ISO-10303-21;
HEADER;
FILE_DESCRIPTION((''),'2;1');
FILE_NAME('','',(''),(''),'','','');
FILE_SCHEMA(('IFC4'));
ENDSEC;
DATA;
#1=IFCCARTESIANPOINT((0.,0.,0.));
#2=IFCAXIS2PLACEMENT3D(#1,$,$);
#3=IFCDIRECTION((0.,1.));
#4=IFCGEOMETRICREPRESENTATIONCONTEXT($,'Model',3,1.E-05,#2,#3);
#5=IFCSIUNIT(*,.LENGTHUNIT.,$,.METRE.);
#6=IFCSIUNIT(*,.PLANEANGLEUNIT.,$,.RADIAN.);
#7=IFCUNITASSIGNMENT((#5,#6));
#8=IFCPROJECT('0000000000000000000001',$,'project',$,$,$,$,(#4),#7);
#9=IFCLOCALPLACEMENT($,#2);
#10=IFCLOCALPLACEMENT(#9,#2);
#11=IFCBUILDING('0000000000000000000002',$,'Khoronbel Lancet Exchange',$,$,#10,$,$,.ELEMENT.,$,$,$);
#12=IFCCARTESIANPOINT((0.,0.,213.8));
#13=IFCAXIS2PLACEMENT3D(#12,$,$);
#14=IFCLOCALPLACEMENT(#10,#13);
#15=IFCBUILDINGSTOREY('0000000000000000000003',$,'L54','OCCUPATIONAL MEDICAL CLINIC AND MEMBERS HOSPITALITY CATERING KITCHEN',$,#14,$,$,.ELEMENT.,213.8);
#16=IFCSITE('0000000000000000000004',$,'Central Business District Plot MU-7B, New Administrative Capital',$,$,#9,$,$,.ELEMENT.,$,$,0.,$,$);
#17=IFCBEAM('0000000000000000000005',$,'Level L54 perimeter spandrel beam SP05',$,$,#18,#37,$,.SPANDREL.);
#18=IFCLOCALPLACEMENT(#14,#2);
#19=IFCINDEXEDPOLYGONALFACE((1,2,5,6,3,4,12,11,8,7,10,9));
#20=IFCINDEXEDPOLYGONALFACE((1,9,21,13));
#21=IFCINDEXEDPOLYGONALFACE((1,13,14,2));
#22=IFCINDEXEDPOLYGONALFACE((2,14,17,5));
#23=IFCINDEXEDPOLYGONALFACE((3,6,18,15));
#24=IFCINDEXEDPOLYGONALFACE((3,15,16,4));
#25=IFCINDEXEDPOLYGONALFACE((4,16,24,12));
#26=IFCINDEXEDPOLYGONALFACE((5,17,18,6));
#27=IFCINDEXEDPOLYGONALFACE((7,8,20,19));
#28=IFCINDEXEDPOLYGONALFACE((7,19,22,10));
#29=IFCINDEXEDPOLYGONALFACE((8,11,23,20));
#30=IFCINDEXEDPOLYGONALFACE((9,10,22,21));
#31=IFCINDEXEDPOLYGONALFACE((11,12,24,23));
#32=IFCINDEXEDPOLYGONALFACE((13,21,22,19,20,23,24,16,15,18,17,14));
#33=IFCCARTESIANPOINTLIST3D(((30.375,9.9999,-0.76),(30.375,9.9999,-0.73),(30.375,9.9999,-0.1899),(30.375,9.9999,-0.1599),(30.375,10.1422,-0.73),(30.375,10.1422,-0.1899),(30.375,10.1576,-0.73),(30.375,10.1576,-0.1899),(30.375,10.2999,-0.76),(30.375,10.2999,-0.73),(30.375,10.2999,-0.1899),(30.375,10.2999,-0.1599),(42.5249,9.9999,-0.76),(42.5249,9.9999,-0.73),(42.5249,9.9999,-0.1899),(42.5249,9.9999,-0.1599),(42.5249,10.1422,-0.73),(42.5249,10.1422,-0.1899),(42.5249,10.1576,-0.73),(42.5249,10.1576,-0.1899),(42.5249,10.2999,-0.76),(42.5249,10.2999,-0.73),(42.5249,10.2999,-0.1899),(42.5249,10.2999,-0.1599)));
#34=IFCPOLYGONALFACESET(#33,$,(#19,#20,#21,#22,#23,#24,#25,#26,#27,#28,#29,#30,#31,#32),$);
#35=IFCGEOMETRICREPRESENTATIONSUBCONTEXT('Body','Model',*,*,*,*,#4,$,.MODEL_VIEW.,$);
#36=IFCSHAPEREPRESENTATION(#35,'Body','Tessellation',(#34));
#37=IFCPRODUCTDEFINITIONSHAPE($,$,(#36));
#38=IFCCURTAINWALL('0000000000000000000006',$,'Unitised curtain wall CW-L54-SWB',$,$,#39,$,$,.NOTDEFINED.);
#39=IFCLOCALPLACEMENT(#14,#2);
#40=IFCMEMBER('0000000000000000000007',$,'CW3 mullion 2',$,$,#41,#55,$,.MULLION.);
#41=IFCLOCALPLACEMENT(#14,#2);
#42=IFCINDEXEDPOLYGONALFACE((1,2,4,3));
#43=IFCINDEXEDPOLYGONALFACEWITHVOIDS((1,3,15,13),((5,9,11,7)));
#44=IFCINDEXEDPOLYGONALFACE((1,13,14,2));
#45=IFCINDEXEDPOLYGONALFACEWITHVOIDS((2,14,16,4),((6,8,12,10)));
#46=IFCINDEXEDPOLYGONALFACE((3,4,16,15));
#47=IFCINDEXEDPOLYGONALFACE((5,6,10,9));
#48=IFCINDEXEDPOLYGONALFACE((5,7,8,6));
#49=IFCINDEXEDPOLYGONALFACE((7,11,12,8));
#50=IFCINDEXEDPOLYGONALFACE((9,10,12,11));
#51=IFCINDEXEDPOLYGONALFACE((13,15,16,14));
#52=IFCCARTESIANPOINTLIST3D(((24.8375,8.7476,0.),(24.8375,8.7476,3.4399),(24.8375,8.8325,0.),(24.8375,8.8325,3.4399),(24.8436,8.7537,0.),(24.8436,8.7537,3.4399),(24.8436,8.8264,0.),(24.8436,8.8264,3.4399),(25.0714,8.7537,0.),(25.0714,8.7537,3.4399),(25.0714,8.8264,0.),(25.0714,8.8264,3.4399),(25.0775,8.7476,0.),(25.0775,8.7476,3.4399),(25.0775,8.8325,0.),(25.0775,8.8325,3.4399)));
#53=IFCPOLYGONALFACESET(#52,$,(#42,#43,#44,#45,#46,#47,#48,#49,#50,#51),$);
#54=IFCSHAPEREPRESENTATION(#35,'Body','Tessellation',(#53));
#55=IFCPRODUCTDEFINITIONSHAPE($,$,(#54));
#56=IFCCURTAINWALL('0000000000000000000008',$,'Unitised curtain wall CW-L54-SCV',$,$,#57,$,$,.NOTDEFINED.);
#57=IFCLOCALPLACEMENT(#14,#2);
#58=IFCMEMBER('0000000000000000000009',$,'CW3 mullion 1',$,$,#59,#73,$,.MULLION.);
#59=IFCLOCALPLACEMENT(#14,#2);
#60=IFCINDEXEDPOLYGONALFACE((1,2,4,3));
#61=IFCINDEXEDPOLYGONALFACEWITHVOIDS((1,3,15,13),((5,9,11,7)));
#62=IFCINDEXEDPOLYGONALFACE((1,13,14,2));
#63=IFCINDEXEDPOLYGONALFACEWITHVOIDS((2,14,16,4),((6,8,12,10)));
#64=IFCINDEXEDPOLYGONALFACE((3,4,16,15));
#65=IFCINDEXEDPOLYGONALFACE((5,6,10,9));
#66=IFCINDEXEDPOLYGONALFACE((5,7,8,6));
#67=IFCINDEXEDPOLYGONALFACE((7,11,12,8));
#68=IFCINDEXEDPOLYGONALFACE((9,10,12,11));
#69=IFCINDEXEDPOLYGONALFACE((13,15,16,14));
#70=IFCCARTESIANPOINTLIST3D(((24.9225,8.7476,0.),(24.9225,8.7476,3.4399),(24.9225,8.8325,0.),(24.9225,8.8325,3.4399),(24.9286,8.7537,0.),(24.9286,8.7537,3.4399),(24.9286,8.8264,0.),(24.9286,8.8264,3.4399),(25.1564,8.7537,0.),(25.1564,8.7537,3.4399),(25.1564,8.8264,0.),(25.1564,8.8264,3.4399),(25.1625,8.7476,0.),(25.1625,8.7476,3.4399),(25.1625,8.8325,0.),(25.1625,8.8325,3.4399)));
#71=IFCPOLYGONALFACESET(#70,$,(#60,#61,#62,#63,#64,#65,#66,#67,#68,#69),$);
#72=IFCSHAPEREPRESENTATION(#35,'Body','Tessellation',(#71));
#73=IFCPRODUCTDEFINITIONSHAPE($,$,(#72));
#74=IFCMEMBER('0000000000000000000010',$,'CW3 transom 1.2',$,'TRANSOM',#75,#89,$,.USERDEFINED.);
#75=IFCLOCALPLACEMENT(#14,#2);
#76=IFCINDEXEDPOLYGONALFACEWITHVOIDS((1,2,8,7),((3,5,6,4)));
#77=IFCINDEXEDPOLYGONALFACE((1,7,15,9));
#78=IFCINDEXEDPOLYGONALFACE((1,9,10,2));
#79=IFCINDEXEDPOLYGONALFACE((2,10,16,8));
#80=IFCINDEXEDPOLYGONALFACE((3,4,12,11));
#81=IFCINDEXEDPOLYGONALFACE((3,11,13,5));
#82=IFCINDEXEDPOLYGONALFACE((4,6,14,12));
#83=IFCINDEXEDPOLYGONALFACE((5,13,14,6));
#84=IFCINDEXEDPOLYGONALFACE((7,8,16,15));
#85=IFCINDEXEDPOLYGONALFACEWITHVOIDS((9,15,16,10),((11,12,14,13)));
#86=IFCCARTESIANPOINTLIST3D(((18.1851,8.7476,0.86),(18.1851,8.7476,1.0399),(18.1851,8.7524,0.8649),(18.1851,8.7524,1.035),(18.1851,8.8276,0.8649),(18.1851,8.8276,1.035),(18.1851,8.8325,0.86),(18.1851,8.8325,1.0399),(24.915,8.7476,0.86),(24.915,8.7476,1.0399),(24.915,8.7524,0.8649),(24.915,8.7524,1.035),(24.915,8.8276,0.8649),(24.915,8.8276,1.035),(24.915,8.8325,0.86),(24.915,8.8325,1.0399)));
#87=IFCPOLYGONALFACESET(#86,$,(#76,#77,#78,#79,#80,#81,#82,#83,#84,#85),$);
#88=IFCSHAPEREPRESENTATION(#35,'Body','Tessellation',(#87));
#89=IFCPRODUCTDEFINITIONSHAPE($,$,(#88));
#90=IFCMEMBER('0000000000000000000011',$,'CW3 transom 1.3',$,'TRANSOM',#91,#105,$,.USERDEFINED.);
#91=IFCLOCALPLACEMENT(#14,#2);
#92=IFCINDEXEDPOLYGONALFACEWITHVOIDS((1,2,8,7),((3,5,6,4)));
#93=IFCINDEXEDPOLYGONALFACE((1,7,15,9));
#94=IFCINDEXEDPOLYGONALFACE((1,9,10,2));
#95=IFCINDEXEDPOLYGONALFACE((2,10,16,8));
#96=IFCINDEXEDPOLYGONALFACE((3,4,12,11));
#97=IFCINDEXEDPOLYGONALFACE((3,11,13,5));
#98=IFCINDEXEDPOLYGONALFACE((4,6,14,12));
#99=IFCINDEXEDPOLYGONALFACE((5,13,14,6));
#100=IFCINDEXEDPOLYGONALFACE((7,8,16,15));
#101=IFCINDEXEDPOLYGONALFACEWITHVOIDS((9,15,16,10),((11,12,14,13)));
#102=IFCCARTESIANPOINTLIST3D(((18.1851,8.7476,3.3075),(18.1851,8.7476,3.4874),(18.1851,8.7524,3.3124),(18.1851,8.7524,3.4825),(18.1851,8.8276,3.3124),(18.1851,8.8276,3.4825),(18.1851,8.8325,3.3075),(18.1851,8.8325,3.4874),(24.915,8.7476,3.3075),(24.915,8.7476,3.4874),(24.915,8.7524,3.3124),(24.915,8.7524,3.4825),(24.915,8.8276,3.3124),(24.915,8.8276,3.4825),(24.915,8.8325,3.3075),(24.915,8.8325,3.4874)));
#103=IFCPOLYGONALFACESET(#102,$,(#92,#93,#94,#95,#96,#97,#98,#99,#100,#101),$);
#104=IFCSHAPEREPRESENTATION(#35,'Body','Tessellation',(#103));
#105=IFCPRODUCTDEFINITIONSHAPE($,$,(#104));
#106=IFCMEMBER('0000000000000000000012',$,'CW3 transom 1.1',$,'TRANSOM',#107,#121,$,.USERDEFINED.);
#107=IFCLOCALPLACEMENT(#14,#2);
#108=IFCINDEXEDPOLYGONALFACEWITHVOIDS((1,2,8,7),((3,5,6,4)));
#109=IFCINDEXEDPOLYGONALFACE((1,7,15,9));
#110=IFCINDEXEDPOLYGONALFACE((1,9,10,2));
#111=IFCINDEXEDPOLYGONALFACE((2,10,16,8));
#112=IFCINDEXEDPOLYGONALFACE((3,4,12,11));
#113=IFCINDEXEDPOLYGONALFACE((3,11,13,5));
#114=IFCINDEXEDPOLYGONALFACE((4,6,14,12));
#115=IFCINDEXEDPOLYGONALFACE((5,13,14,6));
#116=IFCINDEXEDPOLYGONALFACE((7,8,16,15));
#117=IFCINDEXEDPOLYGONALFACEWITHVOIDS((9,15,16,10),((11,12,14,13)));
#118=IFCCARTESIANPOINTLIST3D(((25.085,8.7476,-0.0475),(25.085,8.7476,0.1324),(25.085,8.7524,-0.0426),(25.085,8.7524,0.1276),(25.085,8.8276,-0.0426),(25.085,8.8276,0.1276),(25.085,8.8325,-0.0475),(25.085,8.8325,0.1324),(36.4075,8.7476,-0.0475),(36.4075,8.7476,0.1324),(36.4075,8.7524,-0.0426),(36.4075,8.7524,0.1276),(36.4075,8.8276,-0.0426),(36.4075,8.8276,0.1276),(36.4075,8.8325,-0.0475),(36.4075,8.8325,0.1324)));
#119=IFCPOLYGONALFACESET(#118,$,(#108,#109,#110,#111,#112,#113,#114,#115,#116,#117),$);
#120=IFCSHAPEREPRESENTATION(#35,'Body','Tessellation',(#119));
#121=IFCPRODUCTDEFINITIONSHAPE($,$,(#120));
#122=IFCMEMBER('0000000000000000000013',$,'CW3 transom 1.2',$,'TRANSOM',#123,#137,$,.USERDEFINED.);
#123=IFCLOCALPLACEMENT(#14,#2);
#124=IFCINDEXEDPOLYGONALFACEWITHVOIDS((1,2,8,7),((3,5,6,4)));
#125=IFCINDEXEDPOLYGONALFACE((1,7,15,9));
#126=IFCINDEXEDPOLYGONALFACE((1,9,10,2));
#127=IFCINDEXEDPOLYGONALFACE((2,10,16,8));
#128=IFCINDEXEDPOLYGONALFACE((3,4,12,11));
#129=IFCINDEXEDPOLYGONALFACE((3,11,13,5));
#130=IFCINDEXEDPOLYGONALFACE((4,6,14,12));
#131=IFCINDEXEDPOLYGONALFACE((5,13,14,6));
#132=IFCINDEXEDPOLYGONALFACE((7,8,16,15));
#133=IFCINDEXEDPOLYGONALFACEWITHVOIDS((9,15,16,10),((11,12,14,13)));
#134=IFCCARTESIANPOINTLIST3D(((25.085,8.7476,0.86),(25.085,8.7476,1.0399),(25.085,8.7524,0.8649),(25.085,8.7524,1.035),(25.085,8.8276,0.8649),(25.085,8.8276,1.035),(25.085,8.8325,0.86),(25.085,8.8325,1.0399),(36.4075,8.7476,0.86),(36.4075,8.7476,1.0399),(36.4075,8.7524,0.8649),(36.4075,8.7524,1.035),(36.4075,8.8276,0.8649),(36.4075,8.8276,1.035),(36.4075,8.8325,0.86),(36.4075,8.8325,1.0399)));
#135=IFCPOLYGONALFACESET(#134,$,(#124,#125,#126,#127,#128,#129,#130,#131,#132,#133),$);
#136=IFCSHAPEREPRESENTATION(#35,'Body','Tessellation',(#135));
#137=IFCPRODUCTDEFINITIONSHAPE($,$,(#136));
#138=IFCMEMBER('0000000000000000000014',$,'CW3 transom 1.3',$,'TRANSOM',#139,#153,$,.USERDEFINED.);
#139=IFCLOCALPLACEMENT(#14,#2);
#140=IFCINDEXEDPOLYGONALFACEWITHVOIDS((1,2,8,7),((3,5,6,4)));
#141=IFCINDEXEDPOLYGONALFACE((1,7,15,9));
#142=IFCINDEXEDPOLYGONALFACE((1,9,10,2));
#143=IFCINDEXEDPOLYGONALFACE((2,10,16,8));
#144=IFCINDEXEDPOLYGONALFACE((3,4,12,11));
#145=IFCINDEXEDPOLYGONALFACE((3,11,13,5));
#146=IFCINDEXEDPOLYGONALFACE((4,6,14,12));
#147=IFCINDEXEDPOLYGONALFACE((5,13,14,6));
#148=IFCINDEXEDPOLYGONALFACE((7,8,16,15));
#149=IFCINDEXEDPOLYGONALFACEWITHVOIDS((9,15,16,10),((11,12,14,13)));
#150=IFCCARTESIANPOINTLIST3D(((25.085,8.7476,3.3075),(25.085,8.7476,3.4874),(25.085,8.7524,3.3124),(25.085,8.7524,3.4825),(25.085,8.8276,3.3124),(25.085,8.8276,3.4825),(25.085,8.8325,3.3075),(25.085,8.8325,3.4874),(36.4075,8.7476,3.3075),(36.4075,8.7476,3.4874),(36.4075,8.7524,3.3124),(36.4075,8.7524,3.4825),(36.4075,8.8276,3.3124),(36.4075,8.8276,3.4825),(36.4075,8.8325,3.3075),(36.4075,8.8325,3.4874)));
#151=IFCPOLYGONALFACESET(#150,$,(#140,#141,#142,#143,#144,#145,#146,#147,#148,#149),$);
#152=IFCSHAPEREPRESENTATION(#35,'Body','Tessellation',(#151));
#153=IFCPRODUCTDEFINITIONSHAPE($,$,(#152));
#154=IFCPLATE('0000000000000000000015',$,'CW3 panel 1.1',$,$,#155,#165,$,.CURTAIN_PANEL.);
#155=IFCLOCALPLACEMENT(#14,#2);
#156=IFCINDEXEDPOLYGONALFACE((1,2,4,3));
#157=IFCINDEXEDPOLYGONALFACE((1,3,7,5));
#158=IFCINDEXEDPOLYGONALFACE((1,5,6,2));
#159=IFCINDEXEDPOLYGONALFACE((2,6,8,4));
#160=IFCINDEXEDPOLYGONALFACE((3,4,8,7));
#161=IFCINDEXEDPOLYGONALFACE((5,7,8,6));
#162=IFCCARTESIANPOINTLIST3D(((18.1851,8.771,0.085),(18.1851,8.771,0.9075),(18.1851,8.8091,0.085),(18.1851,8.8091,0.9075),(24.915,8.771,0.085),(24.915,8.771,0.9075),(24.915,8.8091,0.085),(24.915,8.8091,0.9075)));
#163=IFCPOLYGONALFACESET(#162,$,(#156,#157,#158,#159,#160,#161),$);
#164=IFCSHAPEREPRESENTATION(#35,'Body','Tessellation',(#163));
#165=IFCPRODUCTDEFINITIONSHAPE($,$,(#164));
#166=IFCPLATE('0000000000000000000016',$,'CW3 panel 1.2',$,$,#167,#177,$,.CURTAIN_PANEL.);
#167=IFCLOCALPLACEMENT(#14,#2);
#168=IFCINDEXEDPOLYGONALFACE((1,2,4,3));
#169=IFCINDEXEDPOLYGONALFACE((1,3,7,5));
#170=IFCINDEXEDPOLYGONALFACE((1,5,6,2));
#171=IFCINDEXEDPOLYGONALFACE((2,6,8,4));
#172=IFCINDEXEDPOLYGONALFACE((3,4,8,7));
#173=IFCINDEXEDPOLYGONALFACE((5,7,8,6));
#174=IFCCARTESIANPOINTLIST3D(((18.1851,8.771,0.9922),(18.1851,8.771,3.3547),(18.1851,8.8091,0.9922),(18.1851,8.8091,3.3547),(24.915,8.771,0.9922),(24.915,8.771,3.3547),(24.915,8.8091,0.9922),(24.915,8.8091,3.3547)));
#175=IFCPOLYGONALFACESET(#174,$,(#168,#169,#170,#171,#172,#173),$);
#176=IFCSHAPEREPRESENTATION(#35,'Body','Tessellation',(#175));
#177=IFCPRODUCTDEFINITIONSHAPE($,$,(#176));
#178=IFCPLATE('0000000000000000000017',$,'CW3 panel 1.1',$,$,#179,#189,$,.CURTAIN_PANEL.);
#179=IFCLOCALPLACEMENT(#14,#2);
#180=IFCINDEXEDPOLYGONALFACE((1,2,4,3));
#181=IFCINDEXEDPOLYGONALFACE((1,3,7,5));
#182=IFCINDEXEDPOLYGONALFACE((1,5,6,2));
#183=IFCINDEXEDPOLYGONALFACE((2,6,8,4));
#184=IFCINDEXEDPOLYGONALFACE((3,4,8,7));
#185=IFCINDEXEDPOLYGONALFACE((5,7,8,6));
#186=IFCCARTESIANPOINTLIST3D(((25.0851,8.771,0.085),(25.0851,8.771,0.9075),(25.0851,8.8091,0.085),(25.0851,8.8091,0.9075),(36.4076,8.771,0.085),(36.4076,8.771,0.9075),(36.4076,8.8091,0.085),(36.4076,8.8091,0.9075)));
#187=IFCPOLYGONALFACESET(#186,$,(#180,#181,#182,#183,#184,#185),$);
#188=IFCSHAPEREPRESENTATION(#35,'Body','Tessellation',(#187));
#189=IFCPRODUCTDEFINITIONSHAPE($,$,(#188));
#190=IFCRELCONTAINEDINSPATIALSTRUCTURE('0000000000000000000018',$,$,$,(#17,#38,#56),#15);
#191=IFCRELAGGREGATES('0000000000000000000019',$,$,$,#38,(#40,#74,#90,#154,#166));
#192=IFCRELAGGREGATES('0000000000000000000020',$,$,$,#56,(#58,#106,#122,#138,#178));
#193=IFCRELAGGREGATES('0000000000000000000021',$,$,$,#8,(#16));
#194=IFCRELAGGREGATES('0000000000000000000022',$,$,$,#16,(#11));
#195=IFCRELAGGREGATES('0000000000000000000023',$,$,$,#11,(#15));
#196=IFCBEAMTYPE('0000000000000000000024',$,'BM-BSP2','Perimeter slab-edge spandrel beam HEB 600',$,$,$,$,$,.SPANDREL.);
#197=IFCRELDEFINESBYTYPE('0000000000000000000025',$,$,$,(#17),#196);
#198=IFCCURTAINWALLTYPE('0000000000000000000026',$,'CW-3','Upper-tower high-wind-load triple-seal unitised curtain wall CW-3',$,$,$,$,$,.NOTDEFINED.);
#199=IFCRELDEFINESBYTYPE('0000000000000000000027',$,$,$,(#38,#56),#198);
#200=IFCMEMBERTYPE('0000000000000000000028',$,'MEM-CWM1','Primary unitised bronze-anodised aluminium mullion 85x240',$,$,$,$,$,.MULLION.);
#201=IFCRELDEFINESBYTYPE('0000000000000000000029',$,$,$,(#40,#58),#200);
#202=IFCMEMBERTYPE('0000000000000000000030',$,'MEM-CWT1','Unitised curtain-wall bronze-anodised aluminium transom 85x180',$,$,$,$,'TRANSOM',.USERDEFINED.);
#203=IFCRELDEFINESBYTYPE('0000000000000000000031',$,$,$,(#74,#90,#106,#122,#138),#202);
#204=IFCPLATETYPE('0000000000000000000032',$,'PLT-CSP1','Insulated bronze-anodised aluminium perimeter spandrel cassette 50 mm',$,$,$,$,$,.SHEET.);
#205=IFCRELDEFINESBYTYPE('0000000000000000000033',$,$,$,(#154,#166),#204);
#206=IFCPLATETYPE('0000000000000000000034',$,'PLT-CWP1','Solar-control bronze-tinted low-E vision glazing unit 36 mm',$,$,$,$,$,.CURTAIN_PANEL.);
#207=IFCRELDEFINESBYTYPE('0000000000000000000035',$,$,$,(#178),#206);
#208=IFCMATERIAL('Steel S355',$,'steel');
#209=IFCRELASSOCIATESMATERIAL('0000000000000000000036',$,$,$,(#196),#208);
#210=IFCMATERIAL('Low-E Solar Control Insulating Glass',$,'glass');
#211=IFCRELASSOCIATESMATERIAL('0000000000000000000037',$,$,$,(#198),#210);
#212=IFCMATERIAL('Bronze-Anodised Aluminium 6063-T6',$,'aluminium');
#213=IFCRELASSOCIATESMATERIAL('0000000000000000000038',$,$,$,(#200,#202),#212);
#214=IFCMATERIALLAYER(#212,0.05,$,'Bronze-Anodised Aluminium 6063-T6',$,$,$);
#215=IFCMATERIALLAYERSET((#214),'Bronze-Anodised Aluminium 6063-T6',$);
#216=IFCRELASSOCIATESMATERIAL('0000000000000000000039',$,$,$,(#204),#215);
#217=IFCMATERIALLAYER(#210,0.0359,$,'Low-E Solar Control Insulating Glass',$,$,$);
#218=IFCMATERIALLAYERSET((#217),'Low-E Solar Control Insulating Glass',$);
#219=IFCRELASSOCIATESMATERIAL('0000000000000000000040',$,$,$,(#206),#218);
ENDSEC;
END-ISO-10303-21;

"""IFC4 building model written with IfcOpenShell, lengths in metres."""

from ifc_helpers import new_model, si_unit, direction, frame, origin, origin_2d, place, context, subcontext, project, spatial, rectangle, hollow_rectangle, i_section, extrude, material, layer, layer_set, material_profile, profile_set, type_object, element, aggregate, save


model = new_model("IFC4")

# Units and contexts
model_context = context("Model", 3, precision=1e-05, world=origin(), true_north=direction((0.0, 1.0)))
body_context = subcontext(model_context, "Body", "Model", "MODEL_VIEW")
ifc_project = project(units=[si_unit("LENGTHUNIT", "METRE"), si_unit("PLANEANGLEUNIT", "RADIAN")], contexts=[model_context])

# Site, building, storey
site_placement = place(None, origin())
site = spatial("IfcSite", under=ifc_project, at=site_placement, Name="Central Business District Plot MU-7B, New Administrative Capital", CompositionType="ELEMENT", RefElevation=0.0)
building_placement = place(site_placement, origin())
building = spatial("IfcBuilding", under=site, at=building_placement, Name="Khoronbel Lancet Exchange", CompositionType="ELEMENT")
storey_placement = place(building_placement, frame((0.0, 0.0, 213.8)))
storey = spatial("IfcBuildingStorey", under=building, at=storey_placement, Name="L54", Description="OCCUPATIONAL MEDICAL CLINIC AND MEMBERS HOSPITALITY CATERING KITCHEN", CompositionType="ELEMENT", Elevation=213.8)

# Beam
ifc_material_1 = material(Name="Steel S355", Category="steel")
ifc_material_profile_1 = material_profile(ifc_material_1, i_section(OverallWidth=0.3, OverallDepth=0.6001, WebThickness=0.0154, FlangeThickness=0.03, at=origin_2d()), Name="HEB 600")
ifc_profile_set_1 = profile_set([ifc_material_profile_1], Name="Steel S355")
beam_type_1 = type_object("IfcBeamType", Name="BM-BSP2", Description="Perimeter slab-edge spandrel beam HEB 600", PredefinedType="SPANDREL", material=ifc_profile_set_1)
beam_1_placement = place(storey_placement, frame((30.375, 10.1499, -0.46), z_axis=(1.0, 0.0, 0.0), x_axis=(0.0, 1.0, 0.0)))
element("IfcBeam", 1, at=beam_1_placement, inside=storey, type_object=beam_type_1, Name="Level L54 perimeter spandrel beam SP05", PredefinedType="SPANDREL", context=body_context, shape_type="SweptSolid", body=[
    extrude(i_section(OverallWidth=0.3, OverallDepth=0.6001, WebThickness=0.0154, FlangeThickness=0.03, at=origin_2d()), origin(), (0.0, 0.0, 1.0), 12.1499),
])

# Curtain walls, members
ifc_material_2 = material(Name="Low-E Solar Control Insulating Glass", Category="glass")
curtain_wall_type = type_object("IfcCurtainWallType", Name="CW-3", Description="Upper-tower high-wind-load triple-seal unitised curtain wall CW-3", PredefinedType="NOTDEFINED", material=ifc_material_2)
curtain_wall_1_placement = place(storey_placement, origin())
curtain_wall_1 = element("IfcCurtainWall", 2, at=curtain_wall_1_placement, inside=storey, type_object=curtain_wall_type, Name="Unitised curtain wall CW-L54-SWB", PredefinedType="NOTDEFINED")
ifc_material_3 = material(Name="Bronze-Anodised Aluminium 6063-T6", Category="aluminium")
ifc_material_profile_2 = material_profile(ifc_material_3, hollow_rectangle(XDim=0.085, YDim=0.24, WallThickness=0.0061, at=origin_2d()), Name="ALU MULLION 85x240")
ifc_profile_set_2 = profile_set([ifc_material_profile_2], Name="Bronze-Anodised Aluminium 6063-T6")
member_type_1 = type_object("IfcMemberType", Name="MEM-CWM1", Description="Primary unitised bronze-anodised aluminium mullion 85x240", PredefinedType="MULLION", material=ifc_profile_set_2)
member_1_placement = place(storey_placement, frame((24.9575, 8.79, 0.0), z_axis=(0.0, 0.0, 1.0), x_axis=(0.0, 1.0, 0.0)))
member_1 = element("IfcMember", 3, at=member_1_placement, type_object=member_type_1, Name="CW3 mullion 2", PredefinedType="MULLION", context=body_context, shape_type="SweptSolid", body=[
    extrude(hollow_rectangle(XDim=0.085, YDim=0.24, WallThickness=0.0061, at=origin_2d()), origin(), (0.0, 0.0, 1.0), 3.4399),
])
curtain_wall_2_placement = place(storey_placement, origin())
curtain_wall_2 = element("IfcCurtainWall", 4, at=curtain_wall_2_placement, inside=storey, type_object=curtain_wall_type, Name="Unitised curtain wall CW-L54-SCV", PredefinedType="NOTDEFINED")
member_2_placement = place(storey_placement, frame((25.0425, 8.79, 0.0), z_axis=(0.0, 0.0, 1.0), x_axis=(0.0, 1.0, 0.0)))
member_2 = element("IfcMember", 5, at=member_2_placement, type_object=member_type_1, Name="CW3 mullion 1", PredefinedType="MULLION", context=body_context, shape_type="SweptSolid", body=[
    extrude(hollow_rectangle(XDim=0.085, YDim=0.24, WallThickness=0.0061, at=origin_2d()), origin(), (0.0, 0.0, 1.0), 3.4399),
])

# Members
ifc_material_profile_3 = material_profile(ifc_material_3, hollow_rectangle(XDim=0.085, YDim=0.1799, WallThickness=0.0049, at=origin_2d()), Name="ALU TRANSOM 85x180")
ifc_profile_set_3 = profile_set([ifc_material_profile_3], Name="Bronze-Anodised Aluminium 6063-T6")
member_type_2 = type_object("IfcMemberType", Name="MEM-CWT1", Description="Unitised curtain-wall bronze-anodised aluminium transom 85x180", ElementType="TRANSOM", PredefinedType="USERDEFINED", material=ifc_profile_set_3)
member_3_placement = place(storey_placement, frame((18.1851, 8.79, 0.95), z_axis=(1.0, 0.0, 0.0), x_axis=(0.0, 1.0, 0.0)))
member_3 = element("IfcMember", 6, at=member_3_placement, type_object=member_type_2, Name="CW3 transom 1.2", ObjectType="TRANSOM", PredefinedType="USERDEFINED", context=body_context, shape_type="SweptSolid", body=[
    extrude(hollow_rectangle(XDim=0.085, YDim=0.1799, WallThickness=0.0049, at=origin_2d()), origin(), (0.0, 0.0, 1.0), 6.73),
])
member_4_placement = place(storey_placement, frame((18.1851, 8.79, 3.3975), z_axis=(1.0, 0.0, 0.0), x_axis=(0.0, 1.0, 0.0)))
member_4 = element("IfcMember", 7, at=member_4_placement, type_object=member_type_2, Name="CW3 transom 1.3", ObjectType="TRANSOM", PredefinedType="USERDEFINED", context=body_context, shape_type="SweptSolid", body=[
    extrude(hollow_rectangle(XDim=0.085, YDim=0.1799, WallThickness=0.0049, at=origin_2d()), origin(), (0.0, 0.0, 1.0), 6.73),
])
member_5_placement = place(storey_placement, frame((25.085, 8.79, 0.0425), z_axis=(1.0, 0.0, 0.0), x_axis=(0.0, 1.0, 0.0)))
member_5 = element("IfcMember", 8, at=member_5_placement, type_object=member_type_2, Name="CW3 transom 1.1", ObjectType="TRANSOM", PredefinedType="USERDEFINED", context=body_context, shape_type="SweptSolid", body=[
    extrude(hollow_rectangle(XDim=0.085, YDim=0.1799, WallThickness=0.0049, at=origin_2d()), origin(), (0.0, 0.0, 1.0), 11.3225),
])
member_6_placement = place(storey_placement, frame((25.085, 8.79, 0.95), z_axis=(1.0, 0.0, 0.0), x_axis=(0.0, 1.0, 0.0)))
member_6 = element("IfcMember", 9, at=member_6_placement, type_object=member_type_2, Name="CW3 transom 1.2", ObjectType="TRANSOM", PredefinedType="USERDEFINED", context=body_context, shape_type="SweptSolid", body=[
    extrude(hollow_rectangle(XDim=0.085, YDim=0.1799, WallThickness=0.0049, at=origin_2d()), origin(), (0.0, 0.0, 1.0), 11.3225),
])
member_7_placement = place(storey_placement, frame((25.085, 8.79, 3.3975), z_axis=(1.0, 0.0, 0.0), x_axis=(0.0, 1.0, 0.0)))
member_7 = element("IfcMember", 10, at=member_7_placement, type_object=member_type_2, Name="CW3 transom 1.3", ObjectType="TRANSOM", PredefinedType="USERDEFINED", context=body_context, shape_type="SweptSolid", body=[
    extrude(hollow_rectangle(XDim=0.085, YDim=0.1799, WallThickness=0.0049, at=origin_2d()), origin(), (0.0, 0.0, 1.0), 11.3225),
])

# Plates
ifc_layer_1 = layer(ifc_material_3, 0.05, Name="Bronze-Anodised Aluminium 6063-T6")
ifc_layer_set_1 = layer_set([ifc_layer_1], Name="Bronze-Anodised Aluminium 6063-T6")
plate_type_1 = type_object("IfcPlateType", Name="PLT-CSP1", Description="Insulated bronze-anodised aluminium perimeter spandrel cassette 50 mm", PredefinedType="SHEET", material=ifc_layer_set_1)
plate_1_placement = place(storey_placement, frame((21.55, 8.79, 0.085), z_axis=(0.0, 0.0, 1.0), x_axis=(1.0, 0.0, 0.0)))
plate_1 = element("IfcPlate", 11, at=plate_1_placement, type_object=plate_type_1, Name="CW3 panel 1.1", PredefinedType="CURTAIN_PANEL", context=body_context, shape_type="SweptSolid", body=[
    extrude(rectangle(XDim=6.73, YDim=0.0381, at=origin_2d()), origin(), (0.0, 0.0, 1.0), 0.8225),
])
plate_2_placement = place(storey_placement, frame((21.55, 8.79, 0.9922), z_axis=(0.0, 0.0, 1.0), x_axis=(1.0, 0.0, 0.0)))
plate_2 = element("IfcPlate", 12, at=plate_2_placement, type_object=plate_type_1, Name="CW3 panel 1.2", PredefinedType="CURTAIN_PANEL", context=body_context, shape_type="SweptSolid", body=[
    extrude(rectangle(XDim=6.73, YDim=0.0381, at=origin_2d()), origin(), (0.0, 0.0, 1.0), 2.3625),
])
aggregate(curtain_wall_1, [member_1, member_3, member_4, plate_1, plate_2])
ifc_layer_2 = layer(ifc_material_2, 0.0359, Name="Low-E Solar Control Insulating Glass")
ifc_layer_set_2 = layer_set([ifc_layer_2], Name="Low-E Solar Control Insulating Glass")
plate_type_2 = type_object("IfcPlateType", Name="PLT-CWP1", Description="Solar-control bronze-tinted low-E vision glazing unit 36 mm", PredefinedType="CURTAIN_PANEL", material=ifc_layer_set_2)
plate_3_placement = place(storey_placement, frame((30.7463, 8.79, 0.085), z_axis=(0.0, 0.0, 1.0), x_axis=(1.0, 0.0, 0.0)))
plate_3 = element("IfcPlate", 13, at=plate_3_placement, type_object=plate_type_2, Name="CW3 panel 1.1", PredefinedType="CURTAIN_PANEL", context=body_context, shape_type="SweptSolid", body=[
    extrude(rectangle(XDim=11.3225, YDim=0.0381, at=origin_2d()), origin(), (0.0, 0.0, 1.0), 0.8225),
])
aggregate(curtain_wall_2, [member_2, member_5, member_6, member_7, plate_3])

save(model, "model.ifc")
